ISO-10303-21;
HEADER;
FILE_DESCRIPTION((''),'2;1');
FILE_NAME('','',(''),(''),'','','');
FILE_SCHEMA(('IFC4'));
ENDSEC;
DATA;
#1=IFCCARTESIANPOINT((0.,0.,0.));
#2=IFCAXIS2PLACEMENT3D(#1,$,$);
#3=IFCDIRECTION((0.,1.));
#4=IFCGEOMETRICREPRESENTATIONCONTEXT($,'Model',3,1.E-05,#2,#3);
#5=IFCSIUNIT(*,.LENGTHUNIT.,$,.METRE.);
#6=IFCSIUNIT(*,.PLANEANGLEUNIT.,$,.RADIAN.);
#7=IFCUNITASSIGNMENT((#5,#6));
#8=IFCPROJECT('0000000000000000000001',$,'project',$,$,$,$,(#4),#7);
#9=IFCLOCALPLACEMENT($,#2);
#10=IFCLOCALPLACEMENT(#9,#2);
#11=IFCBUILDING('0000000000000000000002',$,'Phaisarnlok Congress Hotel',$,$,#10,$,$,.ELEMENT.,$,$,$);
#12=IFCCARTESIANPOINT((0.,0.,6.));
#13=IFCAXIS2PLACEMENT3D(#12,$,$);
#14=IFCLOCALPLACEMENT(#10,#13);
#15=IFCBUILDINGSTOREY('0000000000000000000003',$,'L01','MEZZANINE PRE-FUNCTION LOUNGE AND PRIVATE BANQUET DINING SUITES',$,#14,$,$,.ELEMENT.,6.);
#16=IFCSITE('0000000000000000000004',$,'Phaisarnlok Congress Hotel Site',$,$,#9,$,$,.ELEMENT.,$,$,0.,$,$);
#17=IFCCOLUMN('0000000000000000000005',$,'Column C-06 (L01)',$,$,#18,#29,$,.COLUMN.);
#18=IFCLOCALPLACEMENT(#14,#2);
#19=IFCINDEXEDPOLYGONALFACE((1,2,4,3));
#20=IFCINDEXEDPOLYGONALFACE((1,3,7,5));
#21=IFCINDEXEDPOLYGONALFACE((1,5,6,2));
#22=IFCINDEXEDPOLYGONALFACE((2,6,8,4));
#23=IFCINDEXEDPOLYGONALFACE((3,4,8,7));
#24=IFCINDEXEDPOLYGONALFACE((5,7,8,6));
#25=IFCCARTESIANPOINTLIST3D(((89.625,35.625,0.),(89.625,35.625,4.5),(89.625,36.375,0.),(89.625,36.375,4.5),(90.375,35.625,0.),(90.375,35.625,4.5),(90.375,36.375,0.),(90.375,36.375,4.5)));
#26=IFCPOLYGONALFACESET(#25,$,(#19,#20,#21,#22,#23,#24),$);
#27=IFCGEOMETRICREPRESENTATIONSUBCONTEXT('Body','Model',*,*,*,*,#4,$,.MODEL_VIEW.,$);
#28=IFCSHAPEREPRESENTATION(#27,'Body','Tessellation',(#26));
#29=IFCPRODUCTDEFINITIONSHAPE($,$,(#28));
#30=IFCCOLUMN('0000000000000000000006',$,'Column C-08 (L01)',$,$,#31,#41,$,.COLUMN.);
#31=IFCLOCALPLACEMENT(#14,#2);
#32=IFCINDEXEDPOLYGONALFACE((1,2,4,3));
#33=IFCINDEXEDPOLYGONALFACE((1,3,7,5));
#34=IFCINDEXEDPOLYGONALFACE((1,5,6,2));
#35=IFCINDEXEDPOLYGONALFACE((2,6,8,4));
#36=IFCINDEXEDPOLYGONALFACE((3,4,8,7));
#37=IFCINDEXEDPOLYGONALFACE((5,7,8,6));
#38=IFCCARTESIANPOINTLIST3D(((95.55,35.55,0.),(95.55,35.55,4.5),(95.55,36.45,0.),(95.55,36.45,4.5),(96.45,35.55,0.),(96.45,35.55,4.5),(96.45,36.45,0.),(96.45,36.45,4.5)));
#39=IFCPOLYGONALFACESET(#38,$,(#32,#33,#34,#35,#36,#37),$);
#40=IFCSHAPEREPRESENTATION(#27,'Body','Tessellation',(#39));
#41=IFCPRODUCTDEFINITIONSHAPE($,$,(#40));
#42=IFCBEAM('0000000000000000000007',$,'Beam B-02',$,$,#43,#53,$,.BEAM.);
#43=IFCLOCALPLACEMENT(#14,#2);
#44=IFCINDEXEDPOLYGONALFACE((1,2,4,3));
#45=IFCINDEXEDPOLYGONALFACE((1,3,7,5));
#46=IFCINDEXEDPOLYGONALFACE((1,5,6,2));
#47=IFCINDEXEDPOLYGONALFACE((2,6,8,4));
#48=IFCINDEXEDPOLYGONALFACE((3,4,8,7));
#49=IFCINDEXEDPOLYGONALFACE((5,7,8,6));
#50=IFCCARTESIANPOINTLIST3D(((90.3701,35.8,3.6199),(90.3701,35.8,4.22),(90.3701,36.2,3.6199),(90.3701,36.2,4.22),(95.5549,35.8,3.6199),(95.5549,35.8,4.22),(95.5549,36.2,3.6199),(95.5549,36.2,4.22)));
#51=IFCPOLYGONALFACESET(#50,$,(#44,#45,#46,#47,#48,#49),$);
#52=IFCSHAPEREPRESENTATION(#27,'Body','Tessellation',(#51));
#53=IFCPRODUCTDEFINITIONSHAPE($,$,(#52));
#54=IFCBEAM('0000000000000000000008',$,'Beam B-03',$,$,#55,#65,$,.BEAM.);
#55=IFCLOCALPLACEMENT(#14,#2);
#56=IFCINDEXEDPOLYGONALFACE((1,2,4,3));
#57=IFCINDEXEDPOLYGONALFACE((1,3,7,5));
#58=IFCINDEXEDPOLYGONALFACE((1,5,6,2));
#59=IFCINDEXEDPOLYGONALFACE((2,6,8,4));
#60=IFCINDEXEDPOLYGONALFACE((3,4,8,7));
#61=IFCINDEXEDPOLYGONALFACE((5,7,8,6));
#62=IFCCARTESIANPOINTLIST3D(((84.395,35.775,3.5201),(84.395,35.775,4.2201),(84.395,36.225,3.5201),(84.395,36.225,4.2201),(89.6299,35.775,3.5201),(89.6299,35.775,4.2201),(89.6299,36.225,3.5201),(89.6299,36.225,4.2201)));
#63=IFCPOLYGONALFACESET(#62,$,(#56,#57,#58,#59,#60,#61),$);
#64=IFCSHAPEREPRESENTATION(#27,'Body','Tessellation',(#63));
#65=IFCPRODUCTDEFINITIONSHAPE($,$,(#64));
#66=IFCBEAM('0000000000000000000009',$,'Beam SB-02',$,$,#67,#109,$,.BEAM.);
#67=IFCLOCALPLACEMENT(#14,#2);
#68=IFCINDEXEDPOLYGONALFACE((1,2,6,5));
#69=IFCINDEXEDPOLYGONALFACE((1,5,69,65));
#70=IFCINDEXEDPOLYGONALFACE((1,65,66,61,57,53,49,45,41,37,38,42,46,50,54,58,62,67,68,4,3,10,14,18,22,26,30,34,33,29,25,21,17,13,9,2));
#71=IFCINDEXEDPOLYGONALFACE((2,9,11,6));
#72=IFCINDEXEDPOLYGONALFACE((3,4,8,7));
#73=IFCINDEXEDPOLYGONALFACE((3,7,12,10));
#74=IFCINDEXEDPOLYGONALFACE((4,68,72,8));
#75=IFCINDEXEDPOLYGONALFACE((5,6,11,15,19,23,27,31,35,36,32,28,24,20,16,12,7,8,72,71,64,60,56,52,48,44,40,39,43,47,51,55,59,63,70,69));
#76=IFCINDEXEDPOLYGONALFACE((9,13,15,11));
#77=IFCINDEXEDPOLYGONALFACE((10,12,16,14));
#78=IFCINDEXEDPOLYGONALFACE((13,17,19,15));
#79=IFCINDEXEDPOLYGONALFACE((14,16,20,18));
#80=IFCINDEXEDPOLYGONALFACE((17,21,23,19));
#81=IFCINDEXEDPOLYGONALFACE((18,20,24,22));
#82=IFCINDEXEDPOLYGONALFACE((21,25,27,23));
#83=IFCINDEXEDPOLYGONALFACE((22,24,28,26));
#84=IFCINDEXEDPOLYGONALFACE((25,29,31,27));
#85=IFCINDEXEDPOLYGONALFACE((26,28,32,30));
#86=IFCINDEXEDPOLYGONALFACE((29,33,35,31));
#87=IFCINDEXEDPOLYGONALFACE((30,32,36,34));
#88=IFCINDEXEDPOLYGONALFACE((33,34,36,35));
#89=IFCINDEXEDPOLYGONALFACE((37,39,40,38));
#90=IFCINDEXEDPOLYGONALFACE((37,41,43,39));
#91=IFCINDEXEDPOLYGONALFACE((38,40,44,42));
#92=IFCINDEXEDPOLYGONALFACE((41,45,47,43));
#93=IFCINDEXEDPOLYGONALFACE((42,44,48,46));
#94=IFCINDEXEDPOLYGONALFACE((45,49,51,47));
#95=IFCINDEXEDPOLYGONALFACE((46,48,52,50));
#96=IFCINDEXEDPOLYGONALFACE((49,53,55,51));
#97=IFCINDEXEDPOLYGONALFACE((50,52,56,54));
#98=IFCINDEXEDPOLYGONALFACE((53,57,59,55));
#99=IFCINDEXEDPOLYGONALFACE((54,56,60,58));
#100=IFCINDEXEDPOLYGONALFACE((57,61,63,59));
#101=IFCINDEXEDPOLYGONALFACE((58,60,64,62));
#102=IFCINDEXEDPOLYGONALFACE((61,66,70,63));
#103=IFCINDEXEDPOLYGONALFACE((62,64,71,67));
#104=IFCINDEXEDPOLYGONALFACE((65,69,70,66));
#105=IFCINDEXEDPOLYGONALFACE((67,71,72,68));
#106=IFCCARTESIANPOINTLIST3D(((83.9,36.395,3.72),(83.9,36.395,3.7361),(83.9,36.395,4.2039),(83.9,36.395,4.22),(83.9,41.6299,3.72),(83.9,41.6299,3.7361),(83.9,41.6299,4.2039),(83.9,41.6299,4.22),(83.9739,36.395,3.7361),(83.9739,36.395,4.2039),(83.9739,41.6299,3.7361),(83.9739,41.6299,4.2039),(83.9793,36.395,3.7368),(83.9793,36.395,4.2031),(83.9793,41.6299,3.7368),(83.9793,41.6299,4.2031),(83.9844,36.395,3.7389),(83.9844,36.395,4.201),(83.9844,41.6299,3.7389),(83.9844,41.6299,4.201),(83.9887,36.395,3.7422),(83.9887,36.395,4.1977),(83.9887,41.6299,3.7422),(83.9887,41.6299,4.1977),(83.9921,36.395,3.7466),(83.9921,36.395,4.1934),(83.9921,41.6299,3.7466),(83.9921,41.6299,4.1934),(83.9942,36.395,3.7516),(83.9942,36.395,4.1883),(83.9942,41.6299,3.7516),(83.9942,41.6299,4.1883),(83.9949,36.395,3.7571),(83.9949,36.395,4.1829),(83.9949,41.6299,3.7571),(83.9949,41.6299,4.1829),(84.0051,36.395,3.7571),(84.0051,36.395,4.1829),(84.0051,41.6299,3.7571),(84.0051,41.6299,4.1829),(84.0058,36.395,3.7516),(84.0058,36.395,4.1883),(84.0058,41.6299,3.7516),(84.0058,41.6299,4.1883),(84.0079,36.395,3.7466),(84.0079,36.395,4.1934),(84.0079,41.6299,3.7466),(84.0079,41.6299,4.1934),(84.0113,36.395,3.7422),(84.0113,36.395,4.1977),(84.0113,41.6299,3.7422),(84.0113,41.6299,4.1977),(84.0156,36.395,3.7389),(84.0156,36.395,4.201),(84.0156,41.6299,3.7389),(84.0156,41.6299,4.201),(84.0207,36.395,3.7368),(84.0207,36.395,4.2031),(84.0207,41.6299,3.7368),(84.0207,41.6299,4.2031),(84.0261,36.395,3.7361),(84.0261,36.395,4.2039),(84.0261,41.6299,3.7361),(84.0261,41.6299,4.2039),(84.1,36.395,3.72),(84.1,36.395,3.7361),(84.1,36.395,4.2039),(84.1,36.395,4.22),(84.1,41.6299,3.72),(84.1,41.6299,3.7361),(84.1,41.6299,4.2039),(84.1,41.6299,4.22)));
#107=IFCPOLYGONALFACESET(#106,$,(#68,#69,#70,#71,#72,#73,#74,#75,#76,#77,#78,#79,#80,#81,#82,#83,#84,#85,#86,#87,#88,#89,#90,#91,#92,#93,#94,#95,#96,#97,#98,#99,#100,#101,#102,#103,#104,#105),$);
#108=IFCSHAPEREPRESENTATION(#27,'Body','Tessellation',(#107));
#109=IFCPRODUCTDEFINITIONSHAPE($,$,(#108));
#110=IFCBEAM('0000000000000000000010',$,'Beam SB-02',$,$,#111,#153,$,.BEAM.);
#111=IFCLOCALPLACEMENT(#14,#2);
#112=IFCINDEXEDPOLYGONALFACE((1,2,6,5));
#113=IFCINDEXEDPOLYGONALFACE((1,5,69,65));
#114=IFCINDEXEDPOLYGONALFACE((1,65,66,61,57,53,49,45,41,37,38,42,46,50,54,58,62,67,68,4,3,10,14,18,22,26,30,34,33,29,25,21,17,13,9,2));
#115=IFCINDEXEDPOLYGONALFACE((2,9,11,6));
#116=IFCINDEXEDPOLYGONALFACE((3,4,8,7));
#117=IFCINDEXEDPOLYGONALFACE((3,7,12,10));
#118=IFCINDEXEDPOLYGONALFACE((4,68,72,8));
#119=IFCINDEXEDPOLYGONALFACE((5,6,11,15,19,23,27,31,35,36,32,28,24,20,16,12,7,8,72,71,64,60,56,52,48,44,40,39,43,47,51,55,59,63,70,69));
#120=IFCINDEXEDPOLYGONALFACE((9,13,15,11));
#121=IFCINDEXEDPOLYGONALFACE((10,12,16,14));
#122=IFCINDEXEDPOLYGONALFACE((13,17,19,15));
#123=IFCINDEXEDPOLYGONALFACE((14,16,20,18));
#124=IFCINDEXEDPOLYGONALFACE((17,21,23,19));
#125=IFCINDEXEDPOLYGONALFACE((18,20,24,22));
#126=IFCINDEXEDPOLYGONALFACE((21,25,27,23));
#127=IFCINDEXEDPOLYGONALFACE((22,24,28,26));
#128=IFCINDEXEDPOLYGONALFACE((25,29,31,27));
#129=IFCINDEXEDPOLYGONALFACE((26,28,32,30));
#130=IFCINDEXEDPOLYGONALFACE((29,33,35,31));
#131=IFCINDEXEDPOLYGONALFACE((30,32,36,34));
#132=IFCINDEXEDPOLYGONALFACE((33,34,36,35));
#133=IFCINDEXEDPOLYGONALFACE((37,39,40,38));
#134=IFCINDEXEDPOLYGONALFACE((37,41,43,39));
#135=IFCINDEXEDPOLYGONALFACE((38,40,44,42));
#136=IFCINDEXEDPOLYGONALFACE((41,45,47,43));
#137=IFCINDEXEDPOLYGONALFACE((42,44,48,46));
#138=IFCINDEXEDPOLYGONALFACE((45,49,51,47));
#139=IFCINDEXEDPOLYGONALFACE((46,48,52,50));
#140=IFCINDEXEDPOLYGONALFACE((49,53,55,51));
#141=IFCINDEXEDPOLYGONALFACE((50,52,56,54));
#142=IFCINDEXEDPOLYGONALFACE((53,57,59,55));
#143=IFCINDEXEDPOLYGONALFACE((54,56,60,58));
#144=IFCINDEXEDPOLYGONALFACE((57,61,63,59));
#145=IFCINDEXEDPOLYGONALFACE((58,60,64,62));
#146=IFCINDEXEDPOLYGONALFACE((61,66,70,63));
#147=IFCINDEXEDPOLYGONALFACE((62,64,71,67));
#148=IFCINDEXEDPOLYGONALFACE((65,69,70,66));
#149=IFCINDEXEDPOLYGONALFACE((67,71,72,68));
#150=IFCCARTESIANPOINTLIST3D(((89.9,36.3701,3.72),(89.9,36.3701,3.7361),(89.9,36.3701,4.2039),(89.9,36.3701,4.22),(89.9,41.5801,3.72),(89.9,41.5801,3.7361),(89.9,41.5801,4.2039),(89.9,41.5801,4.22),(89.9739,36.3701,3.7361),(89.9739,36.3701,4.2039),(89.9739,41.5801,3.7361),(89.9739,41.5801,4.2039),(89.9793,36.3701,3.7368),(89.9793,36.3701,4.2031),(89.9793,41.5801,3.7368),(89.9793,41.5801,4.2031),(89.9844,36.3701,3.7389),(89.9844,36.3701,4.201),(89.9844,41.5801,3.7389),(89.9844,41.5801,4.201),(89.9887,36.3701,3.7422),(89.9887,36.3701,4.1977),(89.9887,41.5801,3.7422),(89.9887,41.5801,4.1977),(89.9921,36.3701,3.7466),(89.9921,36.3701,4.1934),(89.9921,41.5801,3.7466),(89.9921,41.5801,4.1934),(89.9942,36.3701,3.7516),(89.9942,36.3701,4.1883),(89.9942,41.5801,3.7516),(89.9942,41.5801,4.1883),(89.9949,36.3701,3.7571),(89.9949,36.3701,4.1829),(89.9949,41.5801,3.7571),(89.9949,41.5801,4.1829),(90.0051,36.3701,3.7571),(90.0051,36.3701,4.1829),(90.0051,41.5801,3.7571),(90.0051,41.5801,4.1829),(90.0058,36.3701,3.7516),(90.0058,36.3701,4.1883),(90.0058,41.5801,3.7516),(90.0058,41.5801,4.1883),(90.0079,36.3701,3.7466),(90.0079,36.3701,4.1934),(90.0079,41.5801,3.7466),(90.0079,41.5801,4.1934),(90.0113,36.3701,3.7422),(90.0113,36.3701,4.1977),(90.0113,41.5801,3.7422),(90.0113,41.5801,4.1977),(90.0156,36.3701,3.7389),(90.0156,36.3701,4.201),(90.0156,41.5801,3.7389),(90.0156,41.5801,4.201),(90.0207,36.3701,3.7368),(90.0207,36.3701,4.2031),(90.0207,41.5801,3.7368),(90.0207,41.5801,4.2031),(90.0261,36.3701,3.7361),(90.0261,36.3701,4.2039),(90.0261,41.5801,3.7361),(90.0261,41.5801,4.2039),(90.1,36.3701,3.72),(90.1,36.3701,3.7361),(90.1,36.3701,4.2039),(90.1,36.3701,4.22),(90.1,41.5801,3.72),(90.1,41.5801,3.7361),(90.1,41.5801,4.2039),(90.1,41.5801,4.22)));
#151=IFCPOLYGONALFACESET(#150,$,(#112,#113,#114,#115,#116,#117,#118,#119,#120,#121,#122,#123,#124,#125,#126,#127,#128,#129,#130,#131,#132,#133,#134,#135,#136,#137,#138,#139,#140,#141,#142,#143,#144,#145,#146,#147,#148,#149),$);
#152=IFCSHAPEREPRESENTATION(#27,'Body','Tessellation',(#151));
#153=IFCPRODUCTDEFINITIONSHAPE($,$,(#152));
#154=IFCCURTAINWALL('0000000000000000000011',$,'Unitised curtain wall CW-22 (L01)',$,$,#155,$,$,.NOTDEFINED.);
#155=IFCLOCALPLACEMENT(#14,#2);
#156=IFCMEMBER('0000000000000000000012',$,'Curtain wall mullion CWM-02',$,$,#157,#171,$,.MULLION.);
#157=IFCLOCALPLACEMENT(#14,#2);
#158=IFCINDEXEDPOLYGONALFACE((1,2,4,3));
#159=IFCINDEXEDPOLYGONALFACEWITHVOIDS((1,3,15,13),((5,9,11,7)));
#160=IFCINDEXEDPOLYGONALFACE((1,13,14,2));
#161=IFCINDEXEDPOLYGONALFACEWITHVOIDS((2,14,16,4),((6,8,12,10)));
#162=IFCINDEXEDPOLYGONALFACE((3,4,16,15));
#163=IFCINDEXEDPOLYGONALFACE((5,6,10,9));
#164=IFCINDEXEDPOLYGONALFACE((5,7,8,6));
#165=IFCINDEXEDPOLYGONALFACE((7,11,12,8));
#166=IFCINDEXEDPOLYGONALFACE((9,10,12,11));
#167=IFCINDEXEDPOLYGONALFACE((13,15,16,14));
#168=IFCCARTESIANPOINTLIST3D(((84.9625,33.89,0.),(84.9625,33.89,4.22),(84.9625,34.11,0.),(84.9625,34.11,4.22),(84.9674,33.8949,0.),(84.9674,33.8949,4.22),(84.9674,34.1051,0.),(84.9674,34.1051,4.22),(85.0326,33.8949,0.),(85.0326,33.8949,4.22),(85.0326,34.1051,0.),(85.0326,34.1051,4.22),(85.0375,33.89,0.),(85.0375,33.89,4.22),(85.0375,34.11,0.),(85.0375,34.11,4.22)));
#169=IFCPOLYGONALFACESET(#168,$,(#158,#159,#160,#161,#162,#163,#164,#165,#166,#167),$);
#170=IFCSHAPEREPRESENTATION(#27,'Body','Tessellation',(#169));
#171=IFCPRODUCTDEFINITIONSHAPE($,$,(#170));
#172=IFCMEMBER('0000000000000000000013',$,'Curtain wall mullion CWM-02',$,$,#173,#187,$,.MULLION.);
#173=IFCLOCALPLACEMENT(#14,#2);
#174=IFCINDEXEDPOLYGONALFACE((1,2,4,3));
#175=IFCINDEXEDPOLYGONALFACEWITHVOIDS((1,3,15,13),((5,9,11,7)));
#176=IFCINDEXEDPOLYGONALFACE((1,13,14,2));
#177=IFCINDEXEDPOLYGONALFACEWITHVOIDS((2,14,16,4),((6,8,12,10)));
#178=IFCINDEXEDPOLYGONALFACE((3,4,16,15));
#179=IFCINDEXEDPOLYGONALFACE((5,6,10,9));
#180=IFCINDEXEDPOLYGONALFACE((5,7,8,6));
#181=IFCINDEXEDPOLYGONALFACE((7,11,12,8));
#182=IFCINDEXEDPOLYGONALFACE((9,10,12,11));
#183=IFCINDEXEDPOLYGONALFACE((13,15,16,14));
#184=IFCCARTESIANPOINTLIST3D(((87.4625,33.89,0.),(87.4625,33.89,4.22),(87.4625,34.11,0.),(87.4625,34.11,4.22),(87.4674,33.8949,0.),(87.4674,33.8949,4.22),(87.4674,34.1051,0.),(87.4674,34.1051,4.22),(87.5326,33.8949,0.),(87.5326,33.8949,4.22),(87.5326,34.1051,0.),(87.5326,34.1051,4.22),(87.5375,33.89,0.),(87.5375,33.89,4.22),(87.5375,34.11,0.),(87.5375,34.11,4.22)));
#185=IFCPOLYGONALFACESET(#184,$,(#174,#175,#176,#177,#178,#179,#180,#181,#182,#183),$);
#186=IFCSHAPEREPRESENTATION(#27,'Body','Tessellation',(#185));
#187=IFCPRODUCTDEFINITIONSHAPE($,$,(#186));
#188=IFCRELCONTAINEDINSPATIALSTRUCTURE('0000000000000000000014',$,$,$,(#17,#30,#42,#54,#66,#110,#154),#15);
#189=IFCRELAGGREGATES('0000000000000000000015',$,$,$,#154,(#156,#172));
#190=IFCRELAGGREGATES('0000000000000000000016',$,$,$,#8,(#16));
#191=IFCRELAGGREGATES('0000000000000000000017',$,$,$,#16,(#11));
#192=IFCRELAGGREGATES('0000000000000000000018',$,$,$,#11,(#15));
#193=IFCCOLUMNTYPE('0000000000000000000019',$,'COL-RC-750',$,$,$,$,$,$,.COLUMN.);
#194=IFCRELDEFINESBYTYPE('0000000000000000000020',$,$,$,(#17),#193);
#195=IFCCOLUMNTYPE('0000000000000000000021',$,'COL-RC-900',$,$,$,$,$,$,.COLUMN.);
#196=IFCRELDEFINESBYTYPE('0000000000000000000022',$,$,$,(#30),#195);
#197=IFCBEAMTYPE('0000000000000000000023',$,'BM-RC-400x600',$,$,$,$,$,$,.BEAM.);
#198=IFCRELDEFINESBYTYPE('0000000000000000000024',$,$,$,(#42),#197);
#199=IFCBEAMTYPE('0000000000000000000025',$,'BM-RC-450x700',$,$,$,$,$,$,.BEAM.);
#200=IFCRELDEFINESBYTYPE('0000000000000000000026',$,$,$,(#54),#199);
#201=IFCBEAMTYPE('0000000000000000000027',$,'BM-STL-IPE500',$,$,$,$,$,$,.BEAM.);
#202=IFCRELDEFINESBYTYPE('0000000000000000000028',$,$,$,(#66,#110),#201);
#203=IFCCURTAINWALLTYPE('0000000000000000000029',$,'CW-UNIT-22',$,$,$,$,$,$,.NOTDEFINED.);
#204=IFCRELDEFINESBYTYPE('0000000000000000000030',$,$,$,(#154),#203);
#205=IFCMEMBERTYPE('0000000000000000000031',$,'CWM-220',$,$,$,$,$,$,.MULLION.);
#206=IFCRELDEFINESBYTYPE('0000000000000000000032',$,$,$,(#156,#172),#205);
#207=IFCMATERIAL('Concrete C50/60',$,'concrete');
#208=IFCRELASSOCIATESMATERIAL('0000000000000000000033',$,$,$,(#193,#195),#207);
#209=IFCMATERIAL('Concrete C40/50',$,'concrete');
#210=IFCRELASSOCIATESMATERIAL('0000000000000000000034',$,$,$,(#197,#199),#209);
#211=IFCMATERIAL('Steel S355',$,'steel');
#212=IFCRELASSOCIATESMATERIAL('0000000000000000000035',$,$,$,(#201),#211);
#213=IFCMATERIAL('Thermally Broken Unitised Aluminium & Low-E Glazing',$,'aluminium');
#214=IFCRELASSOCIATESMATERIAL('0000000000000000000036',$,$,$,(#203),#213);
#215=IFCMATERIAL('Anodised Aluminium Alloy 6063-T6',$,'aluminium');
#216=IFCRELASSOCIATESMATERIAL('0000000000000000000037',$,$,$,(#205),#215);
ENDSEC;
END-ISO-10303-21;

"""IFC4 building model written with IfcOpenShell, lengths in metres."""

from ifc_helpers import new_model, si_unit, direction, frame, origin, origin_2d, place, context, subcontext, project, spatial, rectangle, hollow_rectangle, i_section, extrude, material, material_profile, profile_set, type_object, element, aggregate, save


model = new_model("IFC4")

# Units and contexts
model_context = context("Model", 3, precision=1e-05, world=origin(), true_north=direction((0.0, 1.0)))
body_context = subcontext(model_context, "Body", "Model", "MODEL_VIEW")
ifc_project = project(units=[si_unit("LENGTHUNIT", "METRE"), si_unit("PLANEANGLEUNIT", "RADIAN")], contexts=[model_context])

# Site, building, storey
site_placement = place(None, origin())
site = spatial("IfcSite", under=ifc_project, at=site_placement, Name="Phaisarnlok Congress Hotel Site", CompositionType="ELEMENT", RefElevation=0.0)
building_placement = place(site_placement, origin())
building = spatial("IfcBuilding", under=site, at=building_placement, Name="Phaisarnlok Congress Hotel", CompositionType="ELEMENT")
storey_placement = place(building_placement, frame((0.0, 0.0, 6.0)))
storey = spatial("IfcBuildingStorey", under=building, at=storey_placement, Name="L01", Description="MEZZANINE PRE-FUNCTION LOUNGE AND PRIVATE BANQUET DINING SUITES", CompositionType="ELEMENT", Elevation=6.0)

# Columns
ifc_material_1 = material(Name="Concrete C50/60", Category="concrete")
ifc_material_profile_1 = material_profile(ifc_material_1, rectangle(XDim=0.75, YDim=0.75, at=origin_2d()), Name="RC 750x750")
ifc_profile_set_1 = profile_set([ifc_material_profile_1], Name="Concrete C50/60")
column_type_1 = type_object("IfcColumnType", Name="COL-RC-750", PredefinedType="COLUMN", material=ifc_profile_set_1)
column_1_placement = place(storey_placement, frame((90.0, 36.0, 0.0), z_axis=(0.0, 0.0, 1.0), x_axis=(1.0, 0.0, 0.0)))
element("IfcColumn", 1, at=column_1_placement, inside=storey, type_object=column_type_1, Name="Column C-06 (L01)", PredefinedType="COLUMN", context=body_context, shape_type="SweptSolid", body=[
    extrude(rectangle(XDim=0.75, YDim=0.75, at=origin_2d()), origin(), (0.0, 0.0, 1.0), 4.5),
])
ifc_material_profile_2 = material_profile(ifc_material_1, rectangle(XDim=0.8999, YDim=0.8999, at=origin_2d()), Name="RC 900x900")
ifc_profile_set_2 = profile_set([ifc_material_profile_2], Name="Concrete C50/60")
column_type_2 = type_object("IfcColumnType", Name="COL-RC-900", PredefinedType="COLUMN", material=ifc_profile_set_2)
column_2_placement = place(storey_placement, frame((96.0, 36.0, 0.0), z_axis=(0.0, 0.0, 1.0), x_axis=(1.0, 0.0, 0.0)))
element("IfcColumn", 2, at=column_2_placement, inside=storey, type_object=column_type_2, Name="Column C-08 (L01)", PredefinedType="COLUMN", context=body_context, shape_type="SweptSolid", body=[
    extrude(rectangle(XDim=0.8999, YDim=0.8999, at=origin_2d()), origin(), (0.0, 0.0, 1.0), 4.5),
])

# Beams
ifc_material_2 = material(Name="Concrete C40/50", Category="concrete")
ifc_material_profile_3 = material_profile(ifc_material_2, rectangle(XDim=0.3999, YDim=0.6001, at=origin_2d()), Name="RC 400x600")
ifc_profile_set_3 = profile_set([ifc_material_profile_3], Name="Concrete C40/50")
beam_type_1 = type_object("IfcBeamType", Name="BM-RC-400x600", PredefinedType="BEAM", material=ifc_profile_set_3)
beam_1_placement = place(storey_placement, frame((90.3701, 36.0, 3.9199), z_axis=(1.0, 0.0, 0.0), x_axis=(0.0, 1.0, 0.0)))
element("IfcBeam", 3, at=beam_1_placement, inside=storey, type_object=beam_type_1, Name="Beam B-02", PredefinedType="BEAM", context=body_context, shape_type="SweptSolid", body=[
    extrude(rectangle(XDim=0.3999, YDim=0.6001, at=origin_2d()), origin(), (0.0, 0.0, 1.0), 5.1848),
])
ifc_material_profile_4 = material_profile(ifc_material_2, rectangle(XDim=0.45, YDim=0.7, at=origin_2d()), Name="RC 450x700")
ifc_profile_set_4 = profile_set([ifc_material_profile_4], Name="Concrete C40/50")
beam_type_2 = type_object("IfcBeamType", Name="BM-RC-450x700", PredefinedType="BEAM", material=ifc_profile_set_4)
beam_2_placement = place(storey_placement, frame((84.395, 36.0, 3.8701), z_axis=(1.0, 0.0, 0.0), x_axis=(0.0, 1.0, 0.0)))
element("IfcBeam", 4, at=beam_2_placement, inside=storey, type_object=beam_type_2, Name="Beam B-03", PredefinedType="BEAM", context=body_context, shape_type="SweptSolid", body=[
    extrude(rectangle(XDim=0.45, YDim=0.7, at=origin_2d()), origin(), (0.0, 0.0, 1.0), 5.2349),
])
ifc_material_3 = material(Name="Steel S355", Category="steel")
ifc_material_profile_5 = material_profile(ifc_material_3, i_section(OverallWidth=0.2, OverallDepth=0.5, WebThickness=0.0103, FlangeThickness=0.0161, FilletRadius=0.021, at=origin_2d()), Name="IPE 500")
ifc_profile_set_5 = profile_set([ifc_material_profile_5], Name="Steel S355")
beam_type_3 = type_object("IfcBeamType", Name="BM-STL-IPE500", PredefinedType="BEAM", material=ifc_profile_set_5)
beam_3_placement = place(storey_placement, frame((84.0, 36.395, 3.97), z_axis=(0.0, 1.0, 0.0), x_axis=(-1.0, 0.0, 0.0)))
element("IfcBeam", 5, at=beam_3_placement, inside=storey, type_object=beam_type_3, Name="Beam SB-02", PredefinedType="BEAM", context=body_context, shape_type="SweptSolid", body=[
    extrude(i_section(OverallWidth=0.2, OverallDepth=0.5, WebThickness=0.0103, FlangeThickness=0.0161, FilletRadius=0.021, at=origin_2d()), origin(), (0.0, 0.0, 1.0), 5.2349),
])
beam_4_placement = place(storey_placement, frame((90.0, 36.3701, 3.97), z_axis=(0.0, 1.0, 0.0), x_axis=(-1.0, 0.0, 0.0)))
element("IfcBeam", 6, at=beam_4_placement, inside=storey, type_object=beam_type_3, Name="Beam SB-02", PredefinedType="BEAM", context=body_context, shape_type="SweptSolid", body=[
    extrude(i_section(OverallWidth=0.2, OverallDepth=0.5, WebThickness=0.0103, FlangeThickness=0.0161, FilletRadius=0.021, at=origin_2d()), origin(), (0.0, 0.0, 1.0), 5.21),
])

# Curtain wall, members
ifc_material_4 = material(Name="Thermally Broken Unitised Aluminium & Low-E Glazing", Category="aluminium")
curtain_wall_type = type_object("IfcCurtainWallType", Name="CW-UNIT-22", PredefinedType="NOTDEFINED", material=ifc_material_4)
curtain_wall_placement = place(storey_placement, origin())
curtain_wall = element("IfcCurtainWall", 7, at=curtain_wall_placement, inside=storey, type_object=curtain_wall_type, Name="Unitised curtain wall CW-22 (L01)", PredefinedType="NOTDEFINED")
ifc_material_5 = material(Name="Anodised Aluminium Alloy 6063-T6", Category="aluminium")
ifc_material_profile_6 = material_profile(ifc_material_5, hollow_rectangle(XDim=0.075, YDim=0.22, WallThickness=0.0049, at=origin_2d()), Name="ALU-M 75x220x5")
ifc_profile_set_6 = profile_set([ifc_material_profile_6], Name="Anodised Aluminium Alloy 6063-T6")
member_type_1 = type_object("IfcMemberType", Name="CWM-220", PredefinedType="MULLION", material=ifc_profile_set_6)
member_1_placement = place(storey_placement, frame((85.0, 34.0, 0.0), z_axis=(0.0, 0.0, 1.0), x_axis=(1.0, 0.0, 0.0)))
member_1 = element("IfcMember", 8, at=member_1_placement, type_object=member_type_1, Name="Curtain wall mullion CWM-02", PredefinedType="MULLION", context=body_context, shape_type="SweptSolid", body=[
    extrude(hollow_rectangle(XDim=0.075, YDim=0.22, WallThickness=0.0049, at=origin_2d()), origin(), (0.0, 0.0, 1.0), 4.22),
])
member_2_placement = place(storey_placement, frame((87.5, 34.0, 0.0), z_axis=(0.0, 0.0, 1.0), x_axis=(1.0, 0.0, 0.0)))
member_2 = element("IfcMember", 9, at=member_2_placement, type_object=member_type_1, Name="Curtain wall mullion CWM-02", PredefinedType="MULLION", context=body_context, shape_type="SweptSolid", body=[
    extrude(hollow_rectangle(XDim=0.075, YDim=0.22, WallThickness=0.0049, at=origin_2d()), origin(), (0.0, 0.0, 1.0), 4.22),
])

aggregate(curtain_wall, [member_1, member_2])

save(model, "model.ifc")
